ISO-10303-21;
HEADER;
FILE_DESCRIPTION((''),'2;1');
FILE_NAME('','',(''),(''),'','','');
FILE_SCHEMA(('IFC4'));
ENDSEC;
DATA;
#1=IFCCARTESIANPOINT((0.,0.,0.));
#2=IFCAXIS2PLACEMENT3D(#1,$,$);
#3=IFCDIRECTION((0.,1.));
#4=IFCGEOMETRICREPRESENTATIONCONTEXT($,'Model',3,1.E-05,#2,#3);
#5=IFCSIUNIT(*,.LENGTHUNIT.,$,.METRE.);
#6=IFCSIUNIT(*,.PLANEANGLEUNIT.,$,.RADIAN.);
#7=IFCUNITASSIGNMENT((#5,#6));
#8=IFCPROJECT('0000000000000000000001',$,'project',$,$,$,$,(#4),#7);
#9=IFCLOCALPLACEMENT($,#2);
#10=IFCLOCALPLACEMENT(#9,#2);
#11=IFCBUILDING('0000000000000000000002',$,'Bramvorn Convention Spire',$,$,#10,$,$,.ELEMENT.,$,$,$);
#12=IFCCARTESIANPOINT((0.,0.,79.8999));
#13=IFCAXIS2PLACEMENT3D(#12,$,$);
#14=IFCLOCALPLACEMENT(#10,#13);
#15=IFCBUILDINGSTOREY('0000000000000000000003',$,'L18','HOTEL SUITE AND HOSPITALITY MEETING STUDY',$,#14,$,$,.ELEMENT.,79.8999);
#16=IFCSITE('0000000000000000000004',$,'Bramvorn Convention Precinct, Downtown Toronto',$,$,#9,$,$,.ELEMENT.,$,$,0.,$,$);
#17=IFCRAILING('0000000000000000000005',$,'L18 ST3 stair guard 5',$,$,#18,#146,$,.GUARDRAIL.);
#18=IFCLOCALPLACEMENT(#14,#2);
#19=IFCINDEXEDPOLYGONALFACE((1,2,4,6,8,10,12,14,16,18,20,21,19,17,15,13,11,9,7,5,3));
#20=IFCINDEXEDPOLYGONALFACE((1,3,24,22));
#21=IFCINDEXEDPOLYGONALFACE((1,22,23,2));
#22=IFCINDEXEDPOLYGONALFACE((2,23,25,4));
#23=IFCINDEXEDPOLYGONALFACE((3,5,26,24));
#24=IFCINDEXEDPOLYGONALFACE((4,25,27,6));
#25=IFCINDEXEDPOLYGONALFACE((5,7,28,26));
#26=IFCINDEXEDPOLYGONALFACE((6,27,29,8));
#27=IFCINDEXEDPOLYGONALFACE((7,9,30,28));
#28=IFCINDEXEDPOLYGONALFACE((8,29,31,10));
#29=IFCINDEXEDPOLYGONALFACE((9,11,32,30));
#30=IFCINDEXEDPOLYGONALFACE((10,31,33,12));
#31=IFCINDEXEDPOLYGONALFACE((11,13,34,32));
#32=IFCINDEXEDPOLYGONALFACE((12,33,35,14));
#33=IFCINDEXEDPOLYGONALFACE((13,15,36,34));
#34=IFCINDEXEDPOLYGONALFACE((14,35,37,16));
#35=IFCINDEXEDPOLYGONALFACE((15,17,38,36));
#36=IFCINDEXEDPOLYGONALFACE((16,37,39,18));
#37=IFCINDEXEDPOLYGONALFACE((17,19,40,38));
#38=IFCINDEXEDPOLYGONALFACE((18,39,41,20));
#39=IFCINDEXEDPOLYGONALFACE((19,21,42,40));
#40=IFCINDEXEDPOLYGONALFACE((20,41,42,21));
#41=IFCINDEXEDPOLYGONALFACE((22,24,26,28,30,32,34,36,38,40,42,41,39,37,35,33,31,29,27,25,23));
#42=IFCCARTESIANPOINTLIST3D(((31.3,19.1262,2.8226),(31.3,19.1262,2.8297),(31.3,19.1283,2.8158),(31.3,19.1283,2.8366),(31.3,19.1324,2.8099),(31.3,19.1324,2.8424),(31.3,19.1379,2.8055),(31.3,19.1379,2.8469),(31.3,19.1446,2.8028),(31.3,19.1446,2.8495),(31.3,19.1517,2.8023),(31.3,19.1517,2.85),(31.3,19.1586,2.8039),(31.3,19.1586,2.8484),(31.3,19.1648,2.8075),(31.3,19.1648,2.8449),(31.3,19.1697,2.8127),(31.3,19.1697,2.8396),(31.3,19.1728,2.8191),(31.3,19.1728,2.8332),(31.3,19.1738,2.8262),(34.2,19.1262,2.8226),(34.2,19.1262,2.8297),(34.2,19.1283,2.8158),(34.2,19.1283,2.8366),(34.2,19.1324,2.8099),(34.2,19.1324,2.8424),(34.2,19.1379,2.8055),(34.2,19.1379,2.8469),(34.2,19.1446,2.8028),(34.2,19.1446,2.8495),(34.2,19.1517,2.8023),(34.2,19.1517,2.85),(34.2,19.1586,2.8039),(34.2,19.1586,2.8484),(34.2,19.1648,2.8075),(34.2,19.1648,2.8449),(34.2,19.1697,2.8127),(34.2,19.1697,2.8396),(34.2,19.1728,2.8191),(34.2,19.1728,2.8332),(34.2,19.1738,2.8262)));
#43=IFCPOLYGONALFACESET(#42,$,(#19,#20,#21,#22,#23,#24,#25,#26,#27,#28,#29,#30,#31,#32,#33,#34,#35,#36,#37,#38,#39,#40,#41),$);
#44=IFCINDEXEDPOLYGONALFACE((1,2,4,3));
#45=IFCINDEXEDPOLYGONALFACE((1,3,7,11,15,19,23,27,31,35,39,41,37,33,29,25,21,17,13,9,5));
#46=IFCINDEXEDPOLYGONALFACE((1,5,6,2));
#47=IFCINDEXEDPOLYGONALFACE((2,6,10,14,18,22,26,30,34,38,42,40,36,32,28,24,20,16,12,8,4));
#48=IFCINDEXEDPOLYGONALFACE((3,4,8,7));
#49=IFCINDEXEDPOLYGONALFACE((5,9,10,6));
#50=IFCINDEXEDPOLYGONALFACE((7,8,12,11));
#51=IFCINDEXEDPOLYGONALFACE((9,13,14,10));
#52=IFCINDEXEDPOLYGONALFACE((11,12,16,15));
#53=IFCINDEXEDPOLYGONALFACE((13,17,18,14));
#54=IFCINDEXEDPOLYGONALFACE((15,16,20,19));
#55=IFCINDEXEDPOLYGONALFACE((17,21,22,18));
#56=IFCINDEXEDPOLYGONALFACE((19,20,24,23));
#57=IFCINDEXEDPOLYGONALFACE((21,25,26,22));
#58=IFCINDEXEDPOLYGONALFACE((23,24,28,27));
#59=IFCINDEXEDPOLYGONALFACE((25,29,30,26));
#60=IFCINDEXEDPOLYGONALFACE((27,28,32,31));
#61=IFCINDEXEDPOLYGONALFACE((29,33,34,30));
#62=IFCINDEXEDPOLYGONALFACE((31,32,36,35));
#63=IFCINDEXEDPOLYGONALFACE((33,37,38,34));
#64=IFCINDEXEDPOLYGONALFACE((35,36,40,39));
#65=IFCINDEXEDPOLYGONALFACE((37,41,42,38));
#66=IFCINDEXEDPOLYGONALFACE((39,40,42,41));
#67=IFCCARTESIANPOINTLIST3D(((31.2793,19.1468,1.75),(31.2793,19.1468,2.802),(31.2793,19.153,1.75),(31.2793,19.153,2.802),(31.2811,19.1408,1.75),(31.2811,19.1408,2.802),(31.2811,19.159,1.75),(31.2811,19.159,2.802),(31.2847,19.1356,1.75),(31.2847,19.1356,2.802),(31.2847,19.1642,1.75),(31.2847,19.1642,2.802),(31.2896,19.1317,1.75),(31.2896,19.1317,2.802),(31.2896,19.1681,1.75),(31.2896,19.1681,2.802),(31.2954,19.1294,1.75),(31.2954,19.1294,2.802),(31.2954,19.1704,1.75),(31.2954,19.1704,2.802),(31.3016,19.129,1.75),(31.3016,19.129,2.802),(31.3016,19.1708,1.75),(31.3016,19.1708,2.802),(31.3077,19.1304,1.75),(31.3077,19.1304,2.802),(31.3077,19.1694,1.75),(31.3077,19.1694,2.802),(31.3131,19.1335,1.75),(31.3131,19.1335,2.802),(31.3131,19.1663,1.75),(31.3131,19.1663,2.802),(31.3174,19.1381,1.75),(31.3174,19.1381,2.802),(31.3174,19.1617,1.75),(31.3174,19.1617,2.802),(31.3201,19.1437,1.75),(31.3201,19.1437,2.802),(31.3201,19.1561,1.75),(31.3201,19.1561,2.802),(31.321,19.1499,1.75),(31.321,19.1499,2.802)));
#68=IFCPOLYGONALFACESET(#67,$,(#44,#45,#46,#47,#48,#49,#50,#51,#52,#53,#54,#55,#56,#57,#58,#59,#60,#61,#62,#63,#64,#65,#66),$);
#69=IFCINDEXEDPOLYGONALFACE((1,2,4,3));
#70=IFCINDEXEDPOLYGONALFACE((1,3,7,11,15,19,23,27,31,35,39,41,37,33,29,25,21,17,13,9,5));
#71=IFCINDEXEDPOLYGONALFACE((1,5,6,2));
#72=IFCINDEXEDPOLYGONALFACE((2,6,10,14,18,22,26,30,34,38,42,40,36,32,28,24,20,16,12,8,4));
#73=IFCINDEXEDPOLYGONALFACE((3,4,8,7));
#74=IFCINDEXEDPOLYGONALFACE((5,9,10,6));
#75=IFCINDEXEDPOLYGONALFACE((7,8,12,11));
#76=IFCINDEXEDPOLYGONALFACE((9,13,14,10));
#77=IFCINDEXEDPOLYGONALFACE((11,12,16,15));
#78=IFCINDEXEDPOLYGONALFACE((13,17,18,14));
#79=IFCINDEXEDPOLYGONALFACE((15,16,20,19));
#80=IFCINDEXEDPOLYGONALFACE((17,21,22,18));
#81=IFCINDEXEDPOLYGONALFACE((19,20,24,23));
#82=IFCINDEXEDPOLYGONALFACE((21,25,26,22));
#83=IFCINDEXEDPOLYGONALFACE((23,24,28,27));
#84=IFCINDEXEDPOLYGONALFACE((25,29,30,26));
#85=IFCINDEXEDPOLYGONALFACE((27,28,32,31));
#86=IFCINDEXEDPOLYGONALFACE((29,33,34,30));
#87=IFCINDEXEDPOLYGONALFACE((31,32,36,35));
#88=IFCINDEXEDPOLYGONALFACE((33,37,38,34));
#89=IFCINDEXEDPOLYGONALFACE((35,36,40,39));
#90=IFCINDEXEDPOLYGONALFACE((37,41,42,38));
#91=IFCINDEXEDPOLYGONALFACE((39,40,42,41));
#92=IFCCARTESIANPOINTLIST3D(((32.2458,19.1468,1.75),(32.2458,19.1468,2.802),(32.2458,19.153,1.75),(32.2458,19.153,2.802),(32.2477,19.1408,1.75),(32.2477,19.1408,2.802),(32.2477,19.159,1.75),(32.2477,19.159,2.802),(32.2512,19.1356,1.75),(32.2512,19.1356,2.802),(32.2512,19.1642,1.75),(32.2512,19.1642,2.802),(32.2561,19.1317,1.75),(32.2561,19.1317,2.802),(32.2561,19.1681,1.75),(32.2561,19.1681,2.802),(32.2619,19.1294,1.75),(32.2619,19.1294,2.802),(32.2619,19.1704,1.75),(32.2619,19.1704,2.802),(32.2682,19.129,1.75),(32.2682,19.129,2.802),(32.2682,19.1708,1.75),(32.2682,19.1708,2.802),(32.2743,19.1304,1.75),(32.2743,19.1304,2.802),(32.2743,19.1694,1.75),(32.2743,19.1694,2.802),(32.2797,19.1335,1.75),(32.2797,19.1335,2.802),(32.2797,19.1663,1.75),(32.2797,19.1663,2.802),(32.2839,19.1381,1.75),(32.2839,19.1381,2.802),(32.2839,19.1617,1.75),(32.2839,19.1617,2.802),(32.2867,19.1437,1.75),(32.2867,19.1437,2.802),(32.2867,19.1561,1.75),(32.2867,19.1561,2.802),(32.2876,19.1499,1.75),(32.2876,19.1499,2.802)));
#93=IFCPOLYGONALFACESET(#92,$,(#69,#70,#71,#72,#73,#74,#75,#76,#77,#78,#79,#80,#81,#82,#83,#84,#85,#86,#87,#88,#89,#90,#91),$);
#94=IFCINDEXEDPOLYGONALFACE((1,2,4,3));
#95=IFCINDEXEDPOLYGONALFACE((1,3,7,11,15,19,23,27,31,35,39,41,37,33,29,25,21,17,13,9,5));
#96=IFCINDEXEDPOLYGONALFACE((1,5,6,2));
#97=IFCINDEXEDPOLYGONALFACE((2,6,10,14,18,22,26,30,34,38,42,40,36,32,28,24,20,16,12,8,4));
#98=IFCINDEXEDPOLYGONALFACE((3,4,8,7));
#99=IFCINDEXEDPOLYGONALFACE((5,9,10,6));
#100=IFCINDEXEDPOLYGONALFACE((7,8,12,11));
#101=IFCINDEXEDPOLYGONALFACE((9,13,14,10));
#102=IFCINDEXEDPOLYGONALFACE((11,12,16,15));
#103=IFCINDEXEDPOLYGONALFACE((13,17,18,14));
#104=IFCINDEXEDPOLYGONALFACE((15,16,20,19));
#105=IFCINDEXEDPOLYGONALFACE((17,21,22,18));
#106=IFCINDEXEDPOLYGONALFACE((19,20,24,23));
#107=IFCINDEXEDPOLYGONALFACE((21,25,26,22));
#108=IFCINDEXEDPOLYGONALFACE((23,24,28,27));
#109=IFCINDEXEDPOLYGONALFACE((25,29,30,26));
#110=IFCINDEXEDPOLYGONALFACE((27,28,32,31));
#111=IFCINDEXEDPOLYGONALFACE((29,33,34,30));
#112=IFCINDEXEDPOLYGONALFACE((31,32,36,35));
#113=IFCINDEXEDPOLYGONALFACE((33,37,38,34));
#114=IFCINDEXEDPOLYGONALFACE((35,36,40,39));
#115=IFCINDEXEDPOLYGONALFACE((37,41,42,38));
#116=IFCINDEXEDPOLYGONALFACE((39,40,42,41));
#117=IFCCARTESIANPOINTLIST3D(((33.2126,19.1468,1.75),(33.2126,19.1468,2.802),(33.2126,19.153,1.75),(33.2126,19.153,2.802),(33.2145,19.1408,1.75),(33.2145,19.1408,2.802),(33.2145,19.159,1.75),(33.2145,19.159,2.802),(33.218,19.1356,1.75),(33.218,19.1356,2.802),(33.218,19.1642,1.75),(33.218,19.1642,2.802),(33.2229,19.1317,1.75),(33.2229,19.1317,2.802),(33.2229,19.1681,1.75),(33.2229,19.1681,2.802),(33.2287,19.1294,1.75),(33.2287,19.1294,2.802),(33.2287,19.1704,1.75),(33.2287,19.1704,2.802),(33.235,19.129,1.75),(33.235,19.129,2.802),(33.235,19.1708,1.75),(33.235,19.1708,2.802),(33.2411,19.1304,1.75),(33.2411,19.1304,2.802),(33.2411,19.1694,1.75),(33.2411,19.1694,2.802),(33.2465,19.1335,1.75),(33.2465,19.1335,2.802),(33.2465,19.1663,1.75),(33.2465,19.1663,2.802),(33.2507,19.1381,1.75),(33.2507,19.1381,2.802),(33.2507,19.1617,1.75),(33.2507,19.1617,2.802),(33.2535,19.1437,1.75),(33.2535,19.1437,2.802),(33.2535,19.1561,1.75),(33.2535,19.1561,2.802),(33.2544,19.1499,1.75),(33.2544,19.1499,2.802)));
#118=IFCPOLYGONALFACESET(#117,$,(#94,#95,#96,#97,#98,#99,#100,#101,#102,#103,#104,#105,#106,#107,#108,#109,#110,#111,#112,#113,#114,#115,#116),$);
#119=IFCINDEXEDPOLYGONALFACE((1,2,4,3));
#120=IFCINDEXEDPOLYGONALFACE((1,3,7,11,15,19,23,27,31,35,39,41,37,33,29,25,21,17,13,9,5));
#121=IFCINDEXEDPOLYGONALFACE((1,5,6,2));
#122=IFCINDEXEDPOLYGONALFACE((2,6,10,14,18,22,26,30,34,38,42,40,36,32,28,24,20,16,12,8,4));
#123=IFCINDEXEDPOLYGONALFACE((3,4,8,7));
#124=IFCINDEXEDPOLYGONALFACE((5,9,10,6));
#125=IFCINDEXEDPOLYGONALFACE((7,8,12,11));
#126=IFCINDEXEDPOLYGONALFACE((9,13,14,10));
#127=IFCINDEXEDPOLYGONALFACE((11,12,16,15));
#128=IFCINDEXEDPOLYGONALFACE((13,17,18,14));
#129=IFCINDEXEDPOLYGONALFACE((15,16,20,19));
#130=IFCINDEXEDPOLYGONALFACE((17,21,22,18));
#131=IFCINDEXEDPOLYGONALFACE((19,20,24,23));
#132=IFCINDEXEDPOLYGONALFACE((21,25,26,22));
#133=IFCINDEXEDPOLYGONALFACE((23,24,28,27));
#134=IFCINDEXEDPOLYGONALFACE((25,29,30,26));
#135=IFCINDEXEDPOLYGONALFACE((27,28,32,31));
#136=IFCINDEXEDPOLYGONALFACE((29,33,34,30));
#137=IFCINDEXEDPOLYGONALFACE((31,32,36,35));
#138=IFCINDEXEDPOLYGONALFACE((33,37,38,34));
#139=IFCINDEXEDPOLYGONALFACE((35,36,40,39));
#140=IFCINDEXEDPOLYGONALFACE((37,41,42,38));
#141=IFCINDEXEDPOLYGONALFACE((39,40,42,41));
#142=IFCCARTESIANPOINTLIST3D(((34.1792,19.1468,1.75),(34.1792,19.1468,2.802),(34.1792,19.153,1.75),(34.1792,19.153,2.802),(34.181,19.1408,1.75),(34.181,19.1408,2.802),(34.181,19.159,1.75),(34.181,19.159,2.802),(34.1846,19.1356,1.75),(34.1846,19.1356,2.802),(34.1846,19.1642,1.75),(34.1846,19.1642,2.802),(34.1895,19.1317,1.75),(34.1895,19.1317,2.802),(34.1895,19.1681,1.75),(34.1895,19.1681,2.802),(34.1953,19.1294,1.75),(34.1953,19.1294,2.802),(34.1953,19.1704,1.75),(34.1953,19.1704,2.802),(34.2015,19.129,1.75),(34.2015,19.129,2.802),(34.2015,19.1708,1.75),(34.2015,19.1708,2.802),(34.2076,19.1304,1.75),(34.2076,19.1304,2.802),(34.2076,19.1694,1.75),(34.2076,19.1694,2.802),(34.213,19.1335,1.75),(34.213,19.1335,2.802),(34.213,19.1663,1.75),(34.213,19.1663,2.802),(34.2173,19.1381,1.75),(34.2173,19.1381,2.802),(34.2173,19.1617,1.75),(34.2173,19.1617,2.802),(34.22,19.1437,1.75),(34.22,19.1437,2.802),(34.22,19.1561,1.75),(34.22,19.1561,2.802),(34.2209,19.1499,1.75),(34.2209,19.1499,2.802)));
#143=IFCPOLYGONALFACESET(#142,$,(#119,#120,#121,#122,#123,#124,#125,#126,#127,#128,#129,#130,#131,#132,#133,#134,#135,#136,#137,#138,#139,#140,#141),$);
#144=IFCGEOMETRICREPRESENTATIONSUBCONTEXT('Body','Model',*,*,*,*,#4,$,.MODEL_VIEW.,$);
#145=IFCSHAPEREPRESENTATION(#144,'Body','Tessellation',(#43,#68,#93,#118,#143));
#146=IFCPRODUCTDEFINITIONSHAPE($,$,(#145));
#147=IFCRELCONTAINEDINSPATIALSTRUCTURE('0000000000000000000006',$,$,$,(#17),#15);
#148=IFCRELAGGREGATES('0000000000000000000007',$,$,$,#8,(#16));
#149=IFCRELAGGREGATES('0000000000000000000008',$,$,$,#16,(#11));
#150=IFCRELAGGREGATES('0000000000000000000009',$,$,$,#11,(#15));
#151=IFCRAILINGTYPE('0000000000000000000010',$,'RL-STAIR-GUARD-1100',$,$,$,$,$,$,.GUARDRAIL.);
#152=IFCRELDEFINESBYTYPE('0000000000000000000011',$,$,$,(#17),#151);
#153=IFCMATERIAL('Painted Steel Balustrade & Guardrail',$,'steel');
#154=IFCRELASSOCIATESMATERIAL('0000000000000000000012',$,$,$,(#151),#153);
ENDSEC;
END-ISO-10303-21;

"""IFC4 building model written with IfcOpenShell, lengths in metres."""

from ifc_helpers import new_model, si_unit, direction, frame, origin, origin_2d, place, context, subcontext, project, spatial, circle, extrude, material, type_object, element, save


model = new_model("IFC4")

# Units and contexts
model_context = context("Model", 3, precision=1e-05, world=origin(), true_north=direction((0.0, 1.0)))
body_context = subcontext(model_context, "Body", "Model", "MODEL_VIEW")
ifc_project = project(units=[si_unit("LENGTHUNIT", "METRE"), si_unit("PLANEANGLEUNIT", "RADIAN")], contexts=[model_context])

# Site, building, storey
site_placement = place(None, origin())
site = spatial("IfcSite", under=ifc_project, at=site_placement, Name="Bramvorn Convention Precinct, Downtown Toronto", CompositionType="ELEMENT", RefElevation=0.0)
building_placement = place(site_placement, origin())
building = spatial("IfcBuilding", under=site, at=building_placement, Name="Bramvorn Convention Spire", CompositionType="ELEMENT")
storey_placement = place(building_placement, frame((0.0, 0.0, 79.8999)))
storey = spatial("IfcBuildingStorey", under=building, at=storey_placement, Name="L18", Description="HOTEL SUITE AND HOSPITALITY MEETING STUDY", CompositionType="ELEMENT", Elevation=79.8999)

# Railing
ifc_material_1 = material(Name="Painted Steel Balustrade & Guardrail", Category="steel")
railing_type = type_object("IfcRailingType", Name="RL-STAIR-GUARD-1100", PredefinedType="GUARDRAIL", material=ifc_material_1)
railing_1_placement = place(storey_placement, frame((31.3, 19.1499, 1.75)))
element("IfcRailing", 1, at=railing_1_placement, inside=storey, type_object=railing_type, Name="L18 ST3 stair guard 5", PredefinedType="GUARDRAIL", context=body_context, shape_type="SweptSolid", body=[
    extrude(circle(Radius=0.0239, at=origin_2d()), frame((0.0, 0.0, 1.0762), z_axis=(1.0, 0.0, 0.0), x_axis=(0.0, 1.0, 0.0)), (0.0, 0.0, 1.0), 2.8999),
    extrude(circle(Radius=0.021, at=origin_2d()), origin(), (0.0, 0.0, 1.0), 1.052),
    extrude(circle(Radius=0.021, at=origin_2d()), frame((0.9666, 0.0, 0.0)), (0.0, 0.0, 1.0), 1.052),
    extrude(circle(Radius=0.021, at=origin_2d()), frame((1.9333, 0.0, 0.0)), (0.0, 0.0, 1.0), 1.052),
    extrude(circle(Radius=0.021, at=origin_2d()), frame((2.8999, 0.0, 0.0)), (0.0, 0.0, 1.0), 1.052),
])

save(model, "model.ifc")
